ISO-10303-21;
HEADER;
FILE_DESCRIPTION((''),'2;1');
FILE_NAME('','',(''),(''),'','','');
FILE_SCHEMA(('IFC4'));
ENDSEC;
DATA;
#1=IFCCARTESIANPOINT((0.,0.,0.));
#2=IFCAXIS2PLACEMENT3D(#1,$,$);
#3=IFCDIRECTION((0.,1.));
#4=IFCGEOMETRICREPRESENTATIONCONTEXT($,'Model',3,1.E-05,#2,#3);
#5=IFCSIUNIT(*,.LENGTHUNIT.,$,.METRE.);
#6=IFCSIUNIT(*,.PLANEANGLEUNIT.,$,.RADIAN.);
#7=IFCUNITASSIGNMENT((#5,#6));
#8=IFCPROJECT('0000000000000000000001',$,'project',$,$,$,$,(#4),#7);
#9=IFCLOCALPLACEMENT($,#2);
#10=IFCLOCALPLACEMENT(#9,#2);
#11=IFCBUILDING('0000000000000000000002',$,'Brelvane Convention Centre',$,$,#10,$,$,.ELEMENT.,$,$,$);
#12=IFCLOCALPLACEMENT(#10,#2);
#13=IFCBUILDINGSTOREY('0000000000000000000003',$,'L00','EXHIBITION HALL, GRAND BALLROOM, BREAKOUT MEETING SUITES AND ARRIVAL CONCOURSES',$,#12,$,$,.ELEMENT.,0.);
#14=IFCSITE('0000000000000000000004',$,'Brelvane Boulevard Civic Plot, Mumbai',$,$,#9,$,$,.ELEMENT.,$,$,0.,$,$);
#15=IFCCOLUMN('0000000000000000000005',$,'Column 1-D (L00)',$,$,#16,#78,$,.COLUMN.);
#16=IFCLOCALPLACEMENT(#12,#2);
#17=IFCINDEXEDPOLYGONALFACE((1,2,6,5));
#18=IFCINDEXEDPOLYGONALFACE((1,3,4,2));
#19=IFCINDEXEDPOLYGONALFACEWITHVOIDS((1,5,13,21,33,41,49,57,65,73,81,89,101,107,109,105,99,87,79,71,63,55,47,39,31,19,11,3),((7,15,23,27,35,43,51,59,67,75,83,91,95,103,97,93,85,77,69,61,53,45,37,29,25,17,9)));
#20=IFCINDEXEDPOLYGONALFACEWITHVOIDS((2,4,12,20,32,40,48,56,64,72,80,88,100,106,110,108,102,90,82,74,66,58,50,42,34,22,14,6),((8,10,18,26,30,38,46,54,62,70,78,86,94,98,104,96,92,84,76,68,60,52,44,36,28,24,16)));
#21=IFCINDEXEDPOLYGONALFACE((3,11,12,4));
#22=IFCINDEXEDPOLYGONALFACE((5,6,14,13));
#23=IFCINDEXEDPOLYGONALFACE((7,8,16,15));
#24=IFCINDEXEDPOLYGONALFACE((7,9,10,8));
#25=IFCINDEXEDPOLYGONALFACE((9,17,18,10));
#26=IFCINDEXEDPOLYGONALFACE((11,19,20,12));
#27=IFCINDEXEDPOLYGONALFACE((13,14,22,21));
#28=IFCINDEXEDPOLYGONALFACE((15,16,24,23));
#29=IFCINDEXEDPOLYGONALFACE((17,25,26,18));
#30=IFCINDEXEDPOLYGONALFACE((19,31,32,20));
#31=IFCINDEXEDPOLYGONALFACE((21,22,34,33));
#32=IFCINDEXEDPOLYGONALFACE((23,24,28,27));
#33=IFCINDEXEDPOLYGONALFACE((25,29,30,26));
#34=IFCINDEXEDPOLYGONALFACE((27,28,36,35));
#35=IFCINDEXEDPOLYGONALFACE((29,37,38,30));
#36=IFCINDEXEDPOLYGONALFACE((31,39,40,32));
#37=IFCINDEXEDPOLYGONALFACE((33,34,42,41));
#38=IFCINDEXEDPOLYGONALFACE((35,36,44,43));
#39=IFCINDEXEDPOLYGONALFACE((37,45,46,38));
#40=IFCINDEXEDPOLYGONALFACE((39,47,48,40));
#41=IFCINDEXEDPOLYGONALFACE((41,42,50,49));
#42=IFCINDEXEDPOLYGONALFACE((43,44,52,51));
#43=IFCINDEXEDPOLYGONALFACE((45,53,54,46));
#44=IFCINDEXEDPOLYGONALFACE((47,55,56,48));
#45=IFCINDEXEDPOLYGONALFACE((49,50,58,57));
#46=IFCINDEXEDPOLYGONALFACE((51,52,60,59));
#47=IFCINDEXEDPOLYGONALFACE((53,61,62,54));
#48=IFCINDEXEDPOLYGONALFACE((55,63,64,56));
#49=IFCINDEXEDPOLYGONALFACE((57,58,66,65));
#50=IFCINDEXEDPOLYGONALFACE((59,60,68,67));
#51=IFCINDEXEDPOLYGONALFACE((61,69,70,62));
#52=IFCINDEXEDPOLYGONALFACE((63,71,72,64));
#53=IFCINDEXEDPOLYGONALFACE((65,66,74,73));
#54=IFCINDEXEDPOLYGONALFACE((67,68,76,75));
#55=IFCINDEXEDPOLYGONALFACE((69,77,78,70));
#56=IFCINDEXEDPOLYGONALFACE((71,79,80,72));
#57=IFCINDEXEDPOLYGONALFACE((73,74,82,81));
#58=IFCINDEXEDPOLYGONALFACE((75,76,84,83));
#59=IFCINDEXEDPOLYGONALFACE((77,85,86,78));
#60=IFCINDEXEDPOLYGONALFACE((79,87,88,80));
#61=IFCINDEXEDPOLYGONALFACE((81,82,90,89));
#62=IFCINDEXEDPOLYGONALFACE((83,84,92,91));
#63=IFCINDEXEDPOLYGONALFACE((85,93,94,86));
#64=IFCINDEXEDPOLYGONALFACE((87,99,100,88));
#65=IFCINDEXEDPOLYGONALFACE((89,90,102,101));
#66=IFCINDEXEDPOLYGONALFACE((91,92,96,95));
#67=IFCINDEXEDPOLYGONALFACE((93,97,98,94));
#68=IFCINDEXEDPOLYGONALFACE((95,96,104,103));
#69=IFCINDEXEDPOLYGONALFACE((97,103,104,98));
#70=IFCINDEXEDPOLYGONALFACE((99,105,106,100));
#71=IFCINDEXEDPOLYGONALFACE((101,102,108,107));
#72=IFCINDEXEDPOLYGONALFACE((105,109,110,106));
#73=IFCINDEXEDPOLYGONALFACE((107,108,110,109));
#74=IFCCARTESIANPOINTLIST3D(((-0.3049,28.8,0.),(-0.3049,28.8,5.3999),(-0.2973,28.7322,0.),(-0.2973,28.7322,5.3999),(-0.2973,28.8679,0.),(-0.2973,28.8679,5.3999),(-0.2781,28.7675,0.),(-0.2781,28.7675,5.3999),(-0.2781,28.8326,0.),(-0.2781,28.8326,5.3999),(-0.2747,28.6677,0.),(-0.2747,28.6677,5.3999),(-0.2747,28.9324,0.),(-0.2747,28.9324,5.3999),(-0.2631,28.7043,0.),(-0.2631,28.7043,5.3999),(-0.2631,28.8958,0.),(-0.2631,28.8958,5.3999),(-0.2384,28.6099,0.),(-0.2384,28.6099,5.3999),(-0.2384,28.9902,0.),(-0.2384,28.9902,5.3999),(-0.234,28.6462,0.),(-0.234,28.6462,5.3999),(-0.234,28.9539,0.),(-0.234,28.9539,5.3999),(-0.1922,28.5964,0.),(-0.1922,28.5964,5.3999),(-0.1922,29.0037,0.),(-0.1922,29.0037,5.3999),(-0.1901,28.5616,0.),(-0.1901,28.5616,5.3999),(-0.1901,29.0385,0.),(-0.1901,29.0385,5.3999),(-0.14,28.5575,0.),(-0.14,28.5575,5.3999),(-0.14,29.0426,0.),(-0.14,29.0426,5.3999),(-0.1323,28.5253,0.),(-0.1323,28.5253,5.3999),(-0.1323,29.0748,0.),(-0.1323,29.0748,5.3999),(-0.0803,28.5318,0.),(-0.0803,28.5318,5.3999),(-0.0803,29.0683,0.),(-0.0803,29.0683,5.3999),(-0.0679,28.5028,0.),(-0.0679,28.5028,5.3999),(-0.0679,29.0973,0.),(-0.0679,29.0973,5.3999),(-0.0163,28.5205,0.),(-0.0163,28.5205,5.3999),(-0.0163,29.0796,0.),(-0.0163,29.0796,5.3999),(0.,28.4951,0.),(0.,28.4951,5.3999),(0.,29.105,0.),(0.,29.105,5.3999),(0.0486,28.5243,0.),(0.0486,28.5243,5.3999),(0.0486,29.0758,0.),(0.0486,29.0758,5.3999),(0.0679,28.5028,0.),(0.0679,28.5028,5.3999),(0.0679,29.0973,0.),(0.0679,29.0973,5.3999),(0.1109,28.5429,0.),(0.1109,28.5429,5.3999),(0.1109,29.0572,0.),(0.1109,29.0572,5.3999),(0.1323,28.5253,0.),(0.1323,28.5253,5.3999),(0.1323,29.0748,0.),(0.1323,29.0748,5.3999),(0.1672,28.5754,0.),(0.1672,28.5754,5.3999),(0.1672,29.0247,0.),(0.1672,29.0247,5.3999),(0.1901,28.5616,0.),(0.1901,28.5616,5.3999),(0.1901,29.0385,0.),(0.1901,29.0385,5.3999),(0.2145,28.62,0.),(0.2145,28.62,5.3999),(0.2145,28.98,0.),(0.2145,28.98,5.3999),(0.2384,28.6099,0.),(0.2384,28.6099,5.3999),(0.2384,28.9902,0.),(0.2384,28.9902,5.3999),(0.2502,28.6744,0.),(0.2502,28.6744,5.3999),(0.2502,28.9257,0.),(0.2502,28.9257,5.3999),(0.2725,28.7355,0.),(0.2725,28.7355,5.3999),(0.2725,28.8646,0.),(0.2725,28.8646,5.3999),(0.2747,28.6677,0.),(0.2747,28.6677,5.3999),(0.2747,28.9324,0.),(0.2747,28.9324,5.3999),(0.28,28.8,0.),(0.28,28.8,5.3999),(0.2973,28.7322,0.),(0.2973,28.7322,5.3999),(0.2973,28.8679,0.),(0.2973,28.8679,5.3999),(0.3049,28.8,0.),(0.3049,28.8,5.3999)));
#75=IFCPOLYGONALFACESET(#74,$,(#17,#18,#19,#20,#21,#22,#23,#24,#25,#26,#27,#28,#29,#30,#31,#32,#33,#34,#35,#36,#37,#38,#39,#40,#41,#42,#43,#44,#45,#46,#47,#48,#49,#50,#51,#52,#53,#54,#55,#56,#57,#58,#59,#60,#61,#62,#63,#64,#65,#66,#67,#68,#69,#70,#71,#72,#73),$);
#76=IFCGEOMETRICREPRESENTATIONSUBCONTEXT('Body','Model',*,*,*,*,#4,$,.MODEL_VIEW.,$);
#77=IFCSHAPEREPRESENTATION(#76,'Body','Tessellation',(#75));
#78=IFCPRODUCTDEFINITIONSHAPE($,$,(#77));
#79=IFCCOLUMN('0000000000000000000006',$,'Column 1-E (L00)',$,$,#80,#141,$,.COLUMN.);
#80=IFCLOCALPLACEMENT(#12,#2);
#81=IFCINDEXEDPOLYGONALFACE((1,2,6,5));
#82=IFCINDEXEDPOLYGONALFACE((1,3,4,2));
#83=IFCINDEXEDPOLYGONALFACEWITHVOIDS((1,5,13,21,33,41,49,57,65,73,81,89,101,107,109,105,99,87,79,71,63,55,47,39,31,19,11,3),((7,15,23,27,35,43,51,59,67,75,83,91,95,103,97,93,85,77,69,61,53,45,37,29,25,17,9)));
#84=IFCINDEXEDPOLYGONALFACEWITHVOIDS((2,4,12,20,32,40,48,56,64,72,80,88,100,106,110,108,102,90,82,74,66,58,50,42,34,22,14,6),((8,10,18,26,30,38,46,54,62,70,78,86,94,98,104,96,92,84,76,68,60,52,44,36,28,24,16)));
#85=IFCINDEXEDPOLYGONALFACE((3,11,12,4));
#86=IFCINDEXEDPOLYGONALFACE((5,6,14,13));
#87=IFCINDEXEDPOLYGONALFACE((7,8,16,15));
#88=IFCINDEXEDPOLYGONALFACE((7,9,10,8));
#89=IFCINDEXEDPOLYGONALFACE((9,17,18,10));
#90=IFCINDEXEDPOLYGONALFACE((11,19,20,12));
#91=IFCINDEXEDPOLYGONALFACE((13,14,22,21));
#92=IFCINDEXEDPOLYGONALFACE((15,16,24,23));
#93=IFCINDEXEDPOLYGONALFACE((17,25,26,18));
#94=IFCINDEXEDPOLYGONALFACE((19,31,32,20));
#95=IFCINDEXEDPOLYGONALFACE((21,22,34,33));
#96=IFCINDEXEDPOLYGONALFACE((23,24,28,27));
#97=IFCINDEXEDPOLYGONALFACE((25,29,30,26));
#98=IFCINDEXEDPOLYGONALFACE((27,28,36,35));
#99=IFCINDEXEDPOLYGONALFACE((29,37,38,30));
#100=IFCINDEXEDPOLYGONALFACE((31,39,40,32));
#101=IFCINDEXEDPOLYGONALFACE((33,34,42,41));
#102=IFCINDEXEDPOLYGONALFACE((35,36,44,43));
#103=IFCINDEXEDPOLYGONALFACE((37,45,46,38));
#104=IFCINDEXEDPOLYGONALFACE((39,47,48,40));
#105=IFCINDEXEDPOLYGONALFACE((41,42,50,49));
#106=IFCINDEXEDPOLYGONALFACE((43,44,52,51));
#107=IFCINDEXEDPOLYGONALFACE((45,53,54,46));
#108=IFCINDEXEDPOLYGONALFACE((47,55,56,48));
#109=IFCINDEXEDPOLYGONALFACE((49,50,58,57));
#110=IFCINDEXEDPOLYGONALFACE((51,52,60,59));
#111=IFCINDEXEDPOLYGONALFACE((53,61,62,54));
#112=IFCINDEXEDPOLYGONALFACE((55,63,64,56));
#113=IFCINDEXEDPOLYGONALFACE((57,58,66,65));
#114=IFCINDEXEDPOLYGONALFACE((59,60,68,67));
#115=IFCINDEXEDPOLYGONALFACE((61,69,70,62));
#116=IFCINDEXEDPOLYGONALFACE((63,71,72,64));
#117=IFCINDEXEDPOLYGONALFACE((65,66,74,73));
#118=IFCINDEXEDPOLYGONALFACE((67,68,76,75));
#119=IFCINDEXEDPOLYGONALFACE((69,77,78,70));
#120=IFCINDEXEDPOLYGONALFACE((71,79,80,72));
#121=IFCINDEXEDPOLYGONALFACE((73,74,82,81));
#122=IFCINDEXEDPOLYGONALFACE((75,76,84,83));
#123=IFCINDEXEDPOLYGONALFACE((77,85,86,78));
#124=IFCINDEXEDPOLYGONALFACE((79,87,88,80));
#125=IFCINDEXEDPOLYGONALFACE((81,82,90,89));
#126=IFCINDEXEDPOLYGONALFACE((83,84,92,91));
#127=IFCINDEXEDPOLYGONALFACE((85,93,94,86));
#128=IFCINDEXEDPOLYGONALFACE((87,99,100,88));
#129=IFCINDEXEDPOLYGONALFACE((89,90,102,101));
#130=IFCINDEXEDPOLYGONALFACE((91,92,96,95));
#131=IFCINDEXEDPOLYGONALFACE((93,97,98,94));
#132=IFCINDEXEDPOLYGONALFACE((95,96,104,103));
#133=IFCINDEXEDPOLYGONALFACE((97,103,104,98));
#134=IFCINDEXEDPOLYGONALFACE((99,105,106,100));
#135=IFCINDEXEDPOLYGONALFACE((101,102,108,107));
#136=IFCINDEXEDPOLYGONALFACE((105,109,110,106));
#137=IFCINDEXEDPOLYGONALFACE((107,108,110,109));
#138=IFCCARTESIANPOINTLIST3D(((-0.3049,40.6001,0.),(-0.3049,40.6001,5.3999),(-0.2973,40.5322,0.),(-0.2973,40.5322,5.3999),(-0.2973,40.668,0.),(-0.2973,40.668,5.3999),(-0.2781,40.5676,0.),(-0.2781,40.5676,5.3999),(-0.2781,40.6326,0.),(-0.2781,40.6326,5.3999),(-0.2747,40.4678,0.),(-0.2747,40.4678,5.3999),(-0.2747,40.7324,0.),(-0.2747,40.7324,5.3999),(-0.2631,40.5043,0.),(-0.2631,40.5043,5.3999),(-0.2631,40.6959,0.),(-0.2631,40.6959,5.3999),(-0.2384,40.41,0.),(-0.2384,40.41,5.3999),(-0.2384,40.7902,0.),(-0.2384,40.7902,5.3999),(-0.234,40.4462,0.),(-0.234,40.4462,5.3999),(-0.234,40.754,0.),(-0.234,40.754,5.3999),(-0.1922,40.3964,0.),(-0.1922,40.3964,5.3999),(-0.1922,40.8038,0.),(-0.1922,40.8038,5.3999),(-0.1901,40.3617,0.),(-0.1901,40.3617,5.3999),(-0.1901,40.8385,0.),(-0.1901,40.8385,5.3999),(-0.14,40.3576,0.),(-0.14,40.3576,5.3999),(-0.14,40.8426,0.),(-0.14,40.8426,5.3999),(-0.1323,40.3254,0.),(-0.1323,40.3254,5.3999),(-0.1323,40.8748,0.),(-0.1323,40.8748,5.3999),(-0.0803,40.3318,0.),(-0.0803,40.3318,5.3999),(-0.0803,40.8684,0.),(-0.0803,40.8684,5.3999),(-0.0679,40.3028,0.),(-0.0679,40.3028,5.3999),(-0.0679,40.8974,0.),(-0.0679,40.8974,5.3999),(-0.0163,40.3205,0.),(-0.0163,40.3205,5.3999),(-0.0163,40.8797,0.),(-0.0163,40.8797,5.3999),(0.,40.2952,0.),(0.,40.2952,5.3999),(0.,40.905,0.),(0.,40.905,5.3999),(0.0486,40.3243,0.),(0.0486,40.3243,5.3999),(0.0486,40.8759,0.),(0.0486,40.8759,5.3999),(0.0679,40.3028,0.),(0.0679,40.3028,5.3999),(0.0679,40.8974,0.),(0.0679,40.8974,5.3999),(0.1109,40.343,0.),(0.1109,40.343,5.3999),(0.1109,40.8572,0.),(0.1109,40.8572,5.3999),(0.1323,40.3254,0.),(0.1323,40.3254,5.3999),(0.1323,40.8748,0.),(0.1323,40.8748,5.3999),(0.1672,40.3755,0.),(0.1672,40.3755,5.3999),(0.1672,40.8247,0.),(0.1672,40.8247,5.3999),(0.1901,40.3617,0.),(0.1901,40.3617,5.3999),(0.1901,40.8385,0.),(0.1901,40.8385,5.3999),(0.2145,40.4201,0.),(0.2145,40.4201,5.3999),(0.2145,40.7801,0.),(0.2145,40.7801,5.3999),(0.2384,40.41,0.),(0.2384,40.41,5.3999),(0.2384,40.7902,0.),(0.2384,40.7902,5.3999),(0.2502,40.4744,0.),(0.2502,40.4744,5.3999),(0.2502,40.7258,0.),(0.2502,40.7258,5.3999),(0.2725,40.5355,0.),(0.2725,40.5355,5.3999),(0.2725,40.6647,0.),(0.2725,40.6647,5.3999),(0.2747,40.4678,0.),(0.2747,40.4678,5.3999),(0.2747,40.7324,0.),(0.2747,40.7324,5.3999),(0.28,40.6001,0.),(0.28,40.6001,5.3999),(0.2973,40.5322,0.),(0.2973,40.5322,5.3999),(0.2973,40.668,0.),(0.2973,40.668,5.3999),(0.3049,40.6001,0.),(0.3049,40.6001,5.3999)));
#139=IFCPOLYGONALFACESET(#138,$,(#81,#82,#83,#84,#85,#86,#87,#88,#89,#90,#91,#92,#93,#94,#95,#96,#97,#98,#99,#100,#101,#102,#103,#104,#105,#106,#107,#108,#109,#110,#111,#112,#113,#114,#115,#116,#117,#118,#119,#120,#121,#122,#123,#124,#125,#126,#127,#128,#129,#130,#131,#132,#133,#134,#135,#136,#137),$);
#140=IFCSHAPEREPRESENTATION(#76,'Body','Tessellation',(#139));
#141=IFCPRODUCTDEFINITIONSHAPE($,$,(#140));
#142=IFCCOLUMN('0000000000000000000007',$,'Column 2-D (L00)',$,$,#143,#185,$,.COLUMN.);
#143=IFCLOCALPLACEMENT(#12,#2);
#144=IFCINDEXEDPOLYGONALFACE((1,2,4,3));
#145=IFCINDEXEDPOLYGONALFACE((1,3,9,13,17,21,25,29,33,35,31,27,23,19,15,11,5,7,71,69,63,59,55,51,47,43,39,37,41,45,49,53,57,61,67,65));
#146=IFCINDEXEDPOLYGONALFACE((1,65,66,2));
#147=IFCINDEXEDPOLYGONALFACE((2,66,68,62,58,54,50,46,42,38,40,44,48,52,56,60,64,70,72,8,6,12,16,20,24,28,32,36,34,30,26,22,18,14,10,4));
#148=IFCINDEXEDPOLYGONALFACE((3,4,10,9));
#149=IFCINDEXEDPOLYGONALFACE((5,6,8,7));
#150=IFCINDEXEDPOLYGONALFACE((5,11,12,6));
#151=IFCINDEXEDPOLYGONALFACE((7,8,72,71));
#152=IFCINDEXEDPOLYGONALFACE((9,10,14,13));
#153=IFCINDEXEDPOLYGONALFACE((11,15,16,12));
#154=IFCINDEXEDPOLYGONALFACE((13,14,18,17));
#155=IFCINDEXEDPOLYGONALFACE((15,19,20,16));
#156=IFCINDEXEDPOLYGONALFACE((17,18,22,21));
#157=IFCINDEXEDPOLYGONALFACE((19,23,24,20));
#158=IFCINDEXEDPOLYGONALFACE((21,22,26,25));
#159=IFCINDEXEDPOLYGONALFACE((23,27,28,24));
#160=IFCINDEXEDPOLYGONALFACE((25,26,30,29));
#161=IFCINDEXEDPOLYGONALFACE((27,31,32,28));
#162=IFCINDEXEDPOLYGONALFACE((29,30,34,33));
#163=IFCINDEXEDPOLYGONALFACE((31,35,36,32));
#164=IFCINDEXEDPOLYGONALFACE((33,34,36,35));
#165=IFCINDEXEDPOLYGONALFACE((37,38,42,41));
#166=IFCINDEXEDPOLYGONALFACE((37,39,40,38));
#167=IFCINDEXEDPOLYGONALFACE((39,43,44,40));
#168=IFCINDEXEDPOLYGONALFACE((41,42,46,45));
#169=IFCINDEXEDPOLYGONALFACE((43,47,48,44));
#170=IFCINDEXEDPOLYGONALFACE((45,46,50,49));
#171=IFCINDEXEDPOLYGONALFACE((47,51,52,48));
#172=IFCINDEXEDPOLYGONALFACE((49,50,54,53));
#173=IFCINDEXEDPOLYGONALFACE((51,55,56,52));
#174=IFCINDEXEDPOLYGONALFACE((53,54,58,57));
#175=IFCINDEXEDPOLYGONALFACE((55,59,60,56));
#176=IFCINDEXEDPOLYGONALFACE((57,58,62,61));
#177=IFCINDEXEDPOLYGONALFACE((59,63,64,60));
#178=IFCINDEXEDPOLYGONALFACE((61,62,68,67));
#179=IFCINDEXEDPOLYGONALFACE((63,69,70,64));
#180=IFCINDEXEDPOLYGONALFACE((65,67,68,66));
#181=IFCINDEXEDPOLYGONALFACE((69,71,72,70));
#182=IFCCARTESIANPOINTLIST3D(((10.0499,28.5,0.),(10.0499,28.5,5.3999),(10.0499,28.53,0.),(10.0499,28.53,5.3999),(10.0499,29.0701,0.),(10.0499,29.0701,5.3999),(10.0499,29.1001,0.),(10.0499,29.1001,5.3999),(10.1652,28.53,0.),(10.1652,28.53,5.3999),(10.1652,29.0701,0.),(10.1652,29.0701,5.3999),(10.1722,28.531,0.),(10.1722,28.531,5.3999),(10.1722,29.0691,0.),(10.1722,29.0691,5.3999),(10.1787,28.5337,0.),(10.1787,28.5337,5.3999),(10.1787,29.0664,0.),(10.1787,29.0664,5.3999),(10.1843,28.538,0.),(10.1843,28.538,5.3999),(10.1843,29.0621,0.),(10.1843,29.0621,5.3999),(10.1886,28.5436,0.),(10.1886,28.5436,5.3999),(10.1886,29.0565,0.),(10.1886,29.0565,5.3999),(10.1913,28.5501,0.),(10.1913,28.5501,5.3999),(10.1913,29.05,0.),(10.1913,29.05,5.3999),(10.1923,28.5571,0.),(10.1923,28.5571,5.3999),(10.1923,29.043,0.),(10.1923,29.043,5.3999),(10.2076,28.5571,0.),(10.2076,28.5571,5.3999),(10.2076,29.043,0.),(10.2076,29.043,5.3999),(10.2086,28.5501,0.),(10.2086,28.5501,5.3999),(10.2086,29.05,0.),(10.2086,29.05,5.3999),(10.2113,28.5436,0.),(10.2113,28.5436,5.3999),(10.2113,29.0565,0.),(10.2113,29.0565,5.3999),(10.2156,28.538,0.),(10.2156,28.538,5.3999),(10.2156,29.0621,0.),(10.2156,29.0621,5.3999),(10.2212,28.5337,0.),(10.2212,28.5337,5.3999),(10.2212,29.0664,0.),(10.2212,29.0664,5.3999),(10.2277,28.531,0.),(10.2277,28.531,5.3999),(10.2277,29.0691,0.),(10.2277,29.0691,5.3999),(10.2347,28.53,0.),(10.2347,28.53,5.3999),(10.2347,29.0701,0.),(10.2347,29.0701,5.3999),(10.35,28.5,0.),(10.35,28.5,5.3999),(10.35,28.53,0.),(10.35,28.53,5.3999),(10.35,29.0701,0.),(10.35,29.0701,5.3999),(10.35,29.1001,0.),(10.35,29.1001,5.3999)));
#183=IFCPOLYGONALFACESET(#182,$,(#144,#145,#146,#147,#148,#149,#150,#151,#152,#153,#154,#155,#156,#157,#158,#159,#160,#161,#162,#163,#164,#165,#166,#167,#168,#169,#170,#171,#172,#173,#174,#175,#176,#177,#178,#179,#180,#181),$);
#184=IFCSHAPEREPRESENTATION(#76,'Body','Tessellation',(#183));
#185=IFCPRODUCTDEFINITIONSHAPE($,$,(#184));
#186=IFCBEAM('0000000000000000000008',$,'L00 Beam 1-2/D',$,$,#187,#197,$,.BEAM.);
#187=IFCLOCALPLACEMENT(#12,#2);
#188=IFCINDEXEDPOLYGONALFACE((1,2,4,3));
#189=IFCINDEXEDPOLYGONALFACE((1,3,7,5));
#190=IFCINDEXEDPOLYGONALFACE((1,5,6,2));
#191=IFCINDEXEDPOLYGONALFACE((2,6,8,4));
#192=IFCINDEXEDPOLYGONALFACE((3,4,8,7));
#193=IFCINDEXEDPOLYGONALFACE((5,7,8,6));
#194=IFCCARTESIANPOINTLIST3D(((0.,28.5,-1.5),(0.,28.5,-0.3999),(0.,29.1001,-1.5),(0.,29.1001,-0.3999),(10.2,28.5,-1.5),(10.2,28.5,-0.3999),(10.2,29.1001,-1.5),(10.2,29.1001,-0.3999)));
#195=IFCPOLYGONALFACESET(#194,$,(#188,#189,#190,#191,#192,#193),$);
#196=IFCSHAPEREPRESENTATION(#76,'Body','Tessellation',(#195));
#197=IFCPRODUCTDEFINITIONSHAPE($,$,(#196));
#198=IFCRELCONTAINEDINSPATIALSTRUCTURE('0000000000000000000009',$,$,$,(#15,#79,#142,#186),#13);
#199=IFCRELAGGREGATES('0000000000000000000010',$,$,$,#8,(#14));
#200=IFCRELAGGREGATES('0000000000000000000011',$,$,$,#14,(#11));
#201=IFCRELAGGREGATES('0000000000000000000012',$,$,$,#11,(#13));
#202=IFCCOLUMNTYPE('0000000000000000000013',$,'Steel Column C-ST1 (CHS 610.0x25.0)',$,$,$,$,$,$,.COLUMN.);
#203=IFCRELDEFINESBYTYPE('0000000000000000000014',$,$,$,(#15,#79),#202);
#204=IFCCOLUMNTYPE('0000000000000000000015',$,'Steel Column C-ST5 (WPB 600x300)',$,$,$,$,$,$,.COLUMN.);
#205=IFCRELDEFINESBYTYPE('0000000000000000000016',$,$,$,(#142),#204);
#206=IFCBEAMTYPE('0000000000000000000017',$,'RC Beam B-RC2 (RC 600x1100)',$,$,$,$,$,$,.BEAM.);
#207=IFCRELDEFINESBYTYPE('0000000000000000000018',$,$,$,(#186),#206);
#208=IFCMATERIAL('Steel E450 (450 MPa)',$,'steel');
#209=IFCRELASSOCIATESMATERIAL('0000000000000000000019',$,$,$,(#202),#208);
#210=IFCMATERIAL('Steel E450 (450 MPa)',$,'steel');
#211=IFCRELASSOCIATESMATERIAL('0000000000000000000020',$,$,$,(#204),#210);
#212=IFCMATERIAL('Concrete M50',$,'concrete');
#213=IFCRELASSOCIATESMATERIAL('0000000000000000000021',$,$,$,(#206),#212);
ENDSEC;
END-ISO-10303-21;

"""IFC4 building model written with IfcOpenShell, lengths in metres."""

from ifc_helpers import new_model, si_unit, direction, frame, origin, origin_2d, place, context, subcontext, project, spatial, rectangle, hollow_circle, i_section, extrude, material, material_profile, profile_set, type_object, element, save


model = new_model("IFC4")

# Units and contexts
model_context = context("Model", 3, precision=1e-05, world=origin(), true_north=direction((0.0, 1.0)))
body_context = subcontext(model_context, "Body", "Model", "MODEL_VIEW")
ifc_project = project(units=[si_unit("LENGTHUNIT", "METRE"), si_unit("PLANEANGLEUNIT", "RADIAN")], contexts=[model_context])

# Site, building, storey
site_placement = place(None, origin())
site = spatial("IfcSite", under=ifc_project, at=site_placement, Name="Brelvane Boulevard Civic Plot, Mumbai", CompositionType="ELEMENT", RefElevation=0.0)
building_placement = place(site_placement, origin())
building = spatial("IfcBuilding", under=site, at=building_placement, Name="Brelvane Convention Centre", CompositionType="ELEMENT")
storey_placement = place(building_placement, origin())
storey = spatial("IfcBuildingStorey", under=building, at=storey_placement, Name="L00", Description="EXHIBITION HALL, GRAND BALLROOM, BREAKOUT MEETING SUITES AND ARRIVAL CONCOURSES", CompositionType="ELEMENT", Elevation=0.0)

# Columns
ifc_material_1 = material(Name="Steel E450 (450 MPa)", Category="steel")
ifc_material_profile_1 = material_profile(ifc_material_1, hollow_circle(Radius=0.3049, WallThickness=0.0249, at=origin_2d()), Name="CHS 610.0x25.0")
ifc_profile_set_1 = profile_set([ifc_material_profile_1], Name="Steel E450 (450 MPa)")
column_type_1 = type_object("IfcColumnType", Name="Steel Column C-ST1 (CHS 610.0x25.0)", PredefinedType="COLUMN", material=ifc_profile_set_1)
for number, where, z_axis, x_axis, name in (
    (1, (0.0, 28.8, 0.0), (0.0, 0.0, 1.0), (1.0, 0.0, 0.0), "Column 1-D (L00)"),
    (2, (0.0, 40.6001, 0.0), (0.0, 0.0, 1.0), (1.0, 0.0, 0.0), "Column 1-E (L00)"),
):
    element("IfcColumn", number, at=place(storey_placement, frame(where, z_axis=z_axis, x_axis=x_axis)), inside=storey, type_object=column_type_1, Name=name, PredefinedType="COLUMN", context=body_context, shape_type="SweptSolid", body=[
        extrude(hollow_circle(Radius=0.3049, WallThickness=0.0249, at=origin_2d()), origin(), (0.0, 0.0, 1.0), 5.3999),
    ])
ifc_material_2 = material(Name="Steel E450 (450 MPa)", Category="steel")
ifc_material_profile_2 = material_profile(ifc_material_2, i_section(OverallWidth=0.3, OverallDepth=0.6001, WebThickness=0.0154, FlangeThickness=0.03, FilletRadius=0.0271, at=origin_2d()), Name="WPB 600x300")
ifc_profile_set_2 = profile_set([ifc_material_profile_2], Name="Steel E450 (450 MPa)")
column_type_2 = type_object("IfcColumnType", Name="Steel Column C-ST5 (WPB 600x300)", PredefinedType="COLUMN", material=ifc_profile_set_2)
column_placement = place(storey_placement, frame((10.2, 28.8, 0.0), z_axis=(0.0, 0.0, 1.0), x_axis=(1.0, 0.0, 0.0)))
element("IfcColumn", 3, at=column_placement, inside=storey, type_object=column_type_2, Name="Column 2-D (L00)", PredefinedType="COLUMN", context=body_context, shape_type="SweptSolid", body=[
    extrude(i_section(OverallWidth=0.3, OverallDepth=0.6001, WebThickness=0.0154, FlangeThickness=0.03, FilletRadius=0.0271, at=origin_2d()), origin(), (0.0, 0.0, 1.0), 5.3999),
])

# Beam
ifc_material_3 = material(Name="Concrete M50", Category="concrete")
ifc_material_profile_3 = material_profile(ifc_material_3, rectangle(XDim=0.6001, YDim=1.1001, at=origin_2d()), Name="RC 600x1100")
ifc_profile_set_3 = profile_set([ifc_material_profile_3], Name="Concrete M50")
beam_type_1 = type_object("IfcBeamType", Name="RC Beam B-RC2 (RC 600x1100)", PredefinedType="BEAM", material=ifc_profile_set_3)
for number, where, z_axis, x_axis, name in (
    (4, (0.0, 28.8, -0.95), (1.0, 0.0, 0.0), (0.0, 1.0, 0.0), "L00 Beam 1-2/D"),
):
    element("IfcBeam", number, at=place(storey_placement, frame(where, z_axis=z_axis, x_axis=x_axis)), inside=storey, type_object=beam_type_1, Name=name, PredefinedType="BEAM", context=body_context, shape_type="SweptSolid", body=[
        extrude(rectangle(XDim=0.6001, YDim=1.1001, at=origin_2d()), origin(), (0.0, 0.0, 1.0), 10.2),
    ])

save(model, "model.ifc")
